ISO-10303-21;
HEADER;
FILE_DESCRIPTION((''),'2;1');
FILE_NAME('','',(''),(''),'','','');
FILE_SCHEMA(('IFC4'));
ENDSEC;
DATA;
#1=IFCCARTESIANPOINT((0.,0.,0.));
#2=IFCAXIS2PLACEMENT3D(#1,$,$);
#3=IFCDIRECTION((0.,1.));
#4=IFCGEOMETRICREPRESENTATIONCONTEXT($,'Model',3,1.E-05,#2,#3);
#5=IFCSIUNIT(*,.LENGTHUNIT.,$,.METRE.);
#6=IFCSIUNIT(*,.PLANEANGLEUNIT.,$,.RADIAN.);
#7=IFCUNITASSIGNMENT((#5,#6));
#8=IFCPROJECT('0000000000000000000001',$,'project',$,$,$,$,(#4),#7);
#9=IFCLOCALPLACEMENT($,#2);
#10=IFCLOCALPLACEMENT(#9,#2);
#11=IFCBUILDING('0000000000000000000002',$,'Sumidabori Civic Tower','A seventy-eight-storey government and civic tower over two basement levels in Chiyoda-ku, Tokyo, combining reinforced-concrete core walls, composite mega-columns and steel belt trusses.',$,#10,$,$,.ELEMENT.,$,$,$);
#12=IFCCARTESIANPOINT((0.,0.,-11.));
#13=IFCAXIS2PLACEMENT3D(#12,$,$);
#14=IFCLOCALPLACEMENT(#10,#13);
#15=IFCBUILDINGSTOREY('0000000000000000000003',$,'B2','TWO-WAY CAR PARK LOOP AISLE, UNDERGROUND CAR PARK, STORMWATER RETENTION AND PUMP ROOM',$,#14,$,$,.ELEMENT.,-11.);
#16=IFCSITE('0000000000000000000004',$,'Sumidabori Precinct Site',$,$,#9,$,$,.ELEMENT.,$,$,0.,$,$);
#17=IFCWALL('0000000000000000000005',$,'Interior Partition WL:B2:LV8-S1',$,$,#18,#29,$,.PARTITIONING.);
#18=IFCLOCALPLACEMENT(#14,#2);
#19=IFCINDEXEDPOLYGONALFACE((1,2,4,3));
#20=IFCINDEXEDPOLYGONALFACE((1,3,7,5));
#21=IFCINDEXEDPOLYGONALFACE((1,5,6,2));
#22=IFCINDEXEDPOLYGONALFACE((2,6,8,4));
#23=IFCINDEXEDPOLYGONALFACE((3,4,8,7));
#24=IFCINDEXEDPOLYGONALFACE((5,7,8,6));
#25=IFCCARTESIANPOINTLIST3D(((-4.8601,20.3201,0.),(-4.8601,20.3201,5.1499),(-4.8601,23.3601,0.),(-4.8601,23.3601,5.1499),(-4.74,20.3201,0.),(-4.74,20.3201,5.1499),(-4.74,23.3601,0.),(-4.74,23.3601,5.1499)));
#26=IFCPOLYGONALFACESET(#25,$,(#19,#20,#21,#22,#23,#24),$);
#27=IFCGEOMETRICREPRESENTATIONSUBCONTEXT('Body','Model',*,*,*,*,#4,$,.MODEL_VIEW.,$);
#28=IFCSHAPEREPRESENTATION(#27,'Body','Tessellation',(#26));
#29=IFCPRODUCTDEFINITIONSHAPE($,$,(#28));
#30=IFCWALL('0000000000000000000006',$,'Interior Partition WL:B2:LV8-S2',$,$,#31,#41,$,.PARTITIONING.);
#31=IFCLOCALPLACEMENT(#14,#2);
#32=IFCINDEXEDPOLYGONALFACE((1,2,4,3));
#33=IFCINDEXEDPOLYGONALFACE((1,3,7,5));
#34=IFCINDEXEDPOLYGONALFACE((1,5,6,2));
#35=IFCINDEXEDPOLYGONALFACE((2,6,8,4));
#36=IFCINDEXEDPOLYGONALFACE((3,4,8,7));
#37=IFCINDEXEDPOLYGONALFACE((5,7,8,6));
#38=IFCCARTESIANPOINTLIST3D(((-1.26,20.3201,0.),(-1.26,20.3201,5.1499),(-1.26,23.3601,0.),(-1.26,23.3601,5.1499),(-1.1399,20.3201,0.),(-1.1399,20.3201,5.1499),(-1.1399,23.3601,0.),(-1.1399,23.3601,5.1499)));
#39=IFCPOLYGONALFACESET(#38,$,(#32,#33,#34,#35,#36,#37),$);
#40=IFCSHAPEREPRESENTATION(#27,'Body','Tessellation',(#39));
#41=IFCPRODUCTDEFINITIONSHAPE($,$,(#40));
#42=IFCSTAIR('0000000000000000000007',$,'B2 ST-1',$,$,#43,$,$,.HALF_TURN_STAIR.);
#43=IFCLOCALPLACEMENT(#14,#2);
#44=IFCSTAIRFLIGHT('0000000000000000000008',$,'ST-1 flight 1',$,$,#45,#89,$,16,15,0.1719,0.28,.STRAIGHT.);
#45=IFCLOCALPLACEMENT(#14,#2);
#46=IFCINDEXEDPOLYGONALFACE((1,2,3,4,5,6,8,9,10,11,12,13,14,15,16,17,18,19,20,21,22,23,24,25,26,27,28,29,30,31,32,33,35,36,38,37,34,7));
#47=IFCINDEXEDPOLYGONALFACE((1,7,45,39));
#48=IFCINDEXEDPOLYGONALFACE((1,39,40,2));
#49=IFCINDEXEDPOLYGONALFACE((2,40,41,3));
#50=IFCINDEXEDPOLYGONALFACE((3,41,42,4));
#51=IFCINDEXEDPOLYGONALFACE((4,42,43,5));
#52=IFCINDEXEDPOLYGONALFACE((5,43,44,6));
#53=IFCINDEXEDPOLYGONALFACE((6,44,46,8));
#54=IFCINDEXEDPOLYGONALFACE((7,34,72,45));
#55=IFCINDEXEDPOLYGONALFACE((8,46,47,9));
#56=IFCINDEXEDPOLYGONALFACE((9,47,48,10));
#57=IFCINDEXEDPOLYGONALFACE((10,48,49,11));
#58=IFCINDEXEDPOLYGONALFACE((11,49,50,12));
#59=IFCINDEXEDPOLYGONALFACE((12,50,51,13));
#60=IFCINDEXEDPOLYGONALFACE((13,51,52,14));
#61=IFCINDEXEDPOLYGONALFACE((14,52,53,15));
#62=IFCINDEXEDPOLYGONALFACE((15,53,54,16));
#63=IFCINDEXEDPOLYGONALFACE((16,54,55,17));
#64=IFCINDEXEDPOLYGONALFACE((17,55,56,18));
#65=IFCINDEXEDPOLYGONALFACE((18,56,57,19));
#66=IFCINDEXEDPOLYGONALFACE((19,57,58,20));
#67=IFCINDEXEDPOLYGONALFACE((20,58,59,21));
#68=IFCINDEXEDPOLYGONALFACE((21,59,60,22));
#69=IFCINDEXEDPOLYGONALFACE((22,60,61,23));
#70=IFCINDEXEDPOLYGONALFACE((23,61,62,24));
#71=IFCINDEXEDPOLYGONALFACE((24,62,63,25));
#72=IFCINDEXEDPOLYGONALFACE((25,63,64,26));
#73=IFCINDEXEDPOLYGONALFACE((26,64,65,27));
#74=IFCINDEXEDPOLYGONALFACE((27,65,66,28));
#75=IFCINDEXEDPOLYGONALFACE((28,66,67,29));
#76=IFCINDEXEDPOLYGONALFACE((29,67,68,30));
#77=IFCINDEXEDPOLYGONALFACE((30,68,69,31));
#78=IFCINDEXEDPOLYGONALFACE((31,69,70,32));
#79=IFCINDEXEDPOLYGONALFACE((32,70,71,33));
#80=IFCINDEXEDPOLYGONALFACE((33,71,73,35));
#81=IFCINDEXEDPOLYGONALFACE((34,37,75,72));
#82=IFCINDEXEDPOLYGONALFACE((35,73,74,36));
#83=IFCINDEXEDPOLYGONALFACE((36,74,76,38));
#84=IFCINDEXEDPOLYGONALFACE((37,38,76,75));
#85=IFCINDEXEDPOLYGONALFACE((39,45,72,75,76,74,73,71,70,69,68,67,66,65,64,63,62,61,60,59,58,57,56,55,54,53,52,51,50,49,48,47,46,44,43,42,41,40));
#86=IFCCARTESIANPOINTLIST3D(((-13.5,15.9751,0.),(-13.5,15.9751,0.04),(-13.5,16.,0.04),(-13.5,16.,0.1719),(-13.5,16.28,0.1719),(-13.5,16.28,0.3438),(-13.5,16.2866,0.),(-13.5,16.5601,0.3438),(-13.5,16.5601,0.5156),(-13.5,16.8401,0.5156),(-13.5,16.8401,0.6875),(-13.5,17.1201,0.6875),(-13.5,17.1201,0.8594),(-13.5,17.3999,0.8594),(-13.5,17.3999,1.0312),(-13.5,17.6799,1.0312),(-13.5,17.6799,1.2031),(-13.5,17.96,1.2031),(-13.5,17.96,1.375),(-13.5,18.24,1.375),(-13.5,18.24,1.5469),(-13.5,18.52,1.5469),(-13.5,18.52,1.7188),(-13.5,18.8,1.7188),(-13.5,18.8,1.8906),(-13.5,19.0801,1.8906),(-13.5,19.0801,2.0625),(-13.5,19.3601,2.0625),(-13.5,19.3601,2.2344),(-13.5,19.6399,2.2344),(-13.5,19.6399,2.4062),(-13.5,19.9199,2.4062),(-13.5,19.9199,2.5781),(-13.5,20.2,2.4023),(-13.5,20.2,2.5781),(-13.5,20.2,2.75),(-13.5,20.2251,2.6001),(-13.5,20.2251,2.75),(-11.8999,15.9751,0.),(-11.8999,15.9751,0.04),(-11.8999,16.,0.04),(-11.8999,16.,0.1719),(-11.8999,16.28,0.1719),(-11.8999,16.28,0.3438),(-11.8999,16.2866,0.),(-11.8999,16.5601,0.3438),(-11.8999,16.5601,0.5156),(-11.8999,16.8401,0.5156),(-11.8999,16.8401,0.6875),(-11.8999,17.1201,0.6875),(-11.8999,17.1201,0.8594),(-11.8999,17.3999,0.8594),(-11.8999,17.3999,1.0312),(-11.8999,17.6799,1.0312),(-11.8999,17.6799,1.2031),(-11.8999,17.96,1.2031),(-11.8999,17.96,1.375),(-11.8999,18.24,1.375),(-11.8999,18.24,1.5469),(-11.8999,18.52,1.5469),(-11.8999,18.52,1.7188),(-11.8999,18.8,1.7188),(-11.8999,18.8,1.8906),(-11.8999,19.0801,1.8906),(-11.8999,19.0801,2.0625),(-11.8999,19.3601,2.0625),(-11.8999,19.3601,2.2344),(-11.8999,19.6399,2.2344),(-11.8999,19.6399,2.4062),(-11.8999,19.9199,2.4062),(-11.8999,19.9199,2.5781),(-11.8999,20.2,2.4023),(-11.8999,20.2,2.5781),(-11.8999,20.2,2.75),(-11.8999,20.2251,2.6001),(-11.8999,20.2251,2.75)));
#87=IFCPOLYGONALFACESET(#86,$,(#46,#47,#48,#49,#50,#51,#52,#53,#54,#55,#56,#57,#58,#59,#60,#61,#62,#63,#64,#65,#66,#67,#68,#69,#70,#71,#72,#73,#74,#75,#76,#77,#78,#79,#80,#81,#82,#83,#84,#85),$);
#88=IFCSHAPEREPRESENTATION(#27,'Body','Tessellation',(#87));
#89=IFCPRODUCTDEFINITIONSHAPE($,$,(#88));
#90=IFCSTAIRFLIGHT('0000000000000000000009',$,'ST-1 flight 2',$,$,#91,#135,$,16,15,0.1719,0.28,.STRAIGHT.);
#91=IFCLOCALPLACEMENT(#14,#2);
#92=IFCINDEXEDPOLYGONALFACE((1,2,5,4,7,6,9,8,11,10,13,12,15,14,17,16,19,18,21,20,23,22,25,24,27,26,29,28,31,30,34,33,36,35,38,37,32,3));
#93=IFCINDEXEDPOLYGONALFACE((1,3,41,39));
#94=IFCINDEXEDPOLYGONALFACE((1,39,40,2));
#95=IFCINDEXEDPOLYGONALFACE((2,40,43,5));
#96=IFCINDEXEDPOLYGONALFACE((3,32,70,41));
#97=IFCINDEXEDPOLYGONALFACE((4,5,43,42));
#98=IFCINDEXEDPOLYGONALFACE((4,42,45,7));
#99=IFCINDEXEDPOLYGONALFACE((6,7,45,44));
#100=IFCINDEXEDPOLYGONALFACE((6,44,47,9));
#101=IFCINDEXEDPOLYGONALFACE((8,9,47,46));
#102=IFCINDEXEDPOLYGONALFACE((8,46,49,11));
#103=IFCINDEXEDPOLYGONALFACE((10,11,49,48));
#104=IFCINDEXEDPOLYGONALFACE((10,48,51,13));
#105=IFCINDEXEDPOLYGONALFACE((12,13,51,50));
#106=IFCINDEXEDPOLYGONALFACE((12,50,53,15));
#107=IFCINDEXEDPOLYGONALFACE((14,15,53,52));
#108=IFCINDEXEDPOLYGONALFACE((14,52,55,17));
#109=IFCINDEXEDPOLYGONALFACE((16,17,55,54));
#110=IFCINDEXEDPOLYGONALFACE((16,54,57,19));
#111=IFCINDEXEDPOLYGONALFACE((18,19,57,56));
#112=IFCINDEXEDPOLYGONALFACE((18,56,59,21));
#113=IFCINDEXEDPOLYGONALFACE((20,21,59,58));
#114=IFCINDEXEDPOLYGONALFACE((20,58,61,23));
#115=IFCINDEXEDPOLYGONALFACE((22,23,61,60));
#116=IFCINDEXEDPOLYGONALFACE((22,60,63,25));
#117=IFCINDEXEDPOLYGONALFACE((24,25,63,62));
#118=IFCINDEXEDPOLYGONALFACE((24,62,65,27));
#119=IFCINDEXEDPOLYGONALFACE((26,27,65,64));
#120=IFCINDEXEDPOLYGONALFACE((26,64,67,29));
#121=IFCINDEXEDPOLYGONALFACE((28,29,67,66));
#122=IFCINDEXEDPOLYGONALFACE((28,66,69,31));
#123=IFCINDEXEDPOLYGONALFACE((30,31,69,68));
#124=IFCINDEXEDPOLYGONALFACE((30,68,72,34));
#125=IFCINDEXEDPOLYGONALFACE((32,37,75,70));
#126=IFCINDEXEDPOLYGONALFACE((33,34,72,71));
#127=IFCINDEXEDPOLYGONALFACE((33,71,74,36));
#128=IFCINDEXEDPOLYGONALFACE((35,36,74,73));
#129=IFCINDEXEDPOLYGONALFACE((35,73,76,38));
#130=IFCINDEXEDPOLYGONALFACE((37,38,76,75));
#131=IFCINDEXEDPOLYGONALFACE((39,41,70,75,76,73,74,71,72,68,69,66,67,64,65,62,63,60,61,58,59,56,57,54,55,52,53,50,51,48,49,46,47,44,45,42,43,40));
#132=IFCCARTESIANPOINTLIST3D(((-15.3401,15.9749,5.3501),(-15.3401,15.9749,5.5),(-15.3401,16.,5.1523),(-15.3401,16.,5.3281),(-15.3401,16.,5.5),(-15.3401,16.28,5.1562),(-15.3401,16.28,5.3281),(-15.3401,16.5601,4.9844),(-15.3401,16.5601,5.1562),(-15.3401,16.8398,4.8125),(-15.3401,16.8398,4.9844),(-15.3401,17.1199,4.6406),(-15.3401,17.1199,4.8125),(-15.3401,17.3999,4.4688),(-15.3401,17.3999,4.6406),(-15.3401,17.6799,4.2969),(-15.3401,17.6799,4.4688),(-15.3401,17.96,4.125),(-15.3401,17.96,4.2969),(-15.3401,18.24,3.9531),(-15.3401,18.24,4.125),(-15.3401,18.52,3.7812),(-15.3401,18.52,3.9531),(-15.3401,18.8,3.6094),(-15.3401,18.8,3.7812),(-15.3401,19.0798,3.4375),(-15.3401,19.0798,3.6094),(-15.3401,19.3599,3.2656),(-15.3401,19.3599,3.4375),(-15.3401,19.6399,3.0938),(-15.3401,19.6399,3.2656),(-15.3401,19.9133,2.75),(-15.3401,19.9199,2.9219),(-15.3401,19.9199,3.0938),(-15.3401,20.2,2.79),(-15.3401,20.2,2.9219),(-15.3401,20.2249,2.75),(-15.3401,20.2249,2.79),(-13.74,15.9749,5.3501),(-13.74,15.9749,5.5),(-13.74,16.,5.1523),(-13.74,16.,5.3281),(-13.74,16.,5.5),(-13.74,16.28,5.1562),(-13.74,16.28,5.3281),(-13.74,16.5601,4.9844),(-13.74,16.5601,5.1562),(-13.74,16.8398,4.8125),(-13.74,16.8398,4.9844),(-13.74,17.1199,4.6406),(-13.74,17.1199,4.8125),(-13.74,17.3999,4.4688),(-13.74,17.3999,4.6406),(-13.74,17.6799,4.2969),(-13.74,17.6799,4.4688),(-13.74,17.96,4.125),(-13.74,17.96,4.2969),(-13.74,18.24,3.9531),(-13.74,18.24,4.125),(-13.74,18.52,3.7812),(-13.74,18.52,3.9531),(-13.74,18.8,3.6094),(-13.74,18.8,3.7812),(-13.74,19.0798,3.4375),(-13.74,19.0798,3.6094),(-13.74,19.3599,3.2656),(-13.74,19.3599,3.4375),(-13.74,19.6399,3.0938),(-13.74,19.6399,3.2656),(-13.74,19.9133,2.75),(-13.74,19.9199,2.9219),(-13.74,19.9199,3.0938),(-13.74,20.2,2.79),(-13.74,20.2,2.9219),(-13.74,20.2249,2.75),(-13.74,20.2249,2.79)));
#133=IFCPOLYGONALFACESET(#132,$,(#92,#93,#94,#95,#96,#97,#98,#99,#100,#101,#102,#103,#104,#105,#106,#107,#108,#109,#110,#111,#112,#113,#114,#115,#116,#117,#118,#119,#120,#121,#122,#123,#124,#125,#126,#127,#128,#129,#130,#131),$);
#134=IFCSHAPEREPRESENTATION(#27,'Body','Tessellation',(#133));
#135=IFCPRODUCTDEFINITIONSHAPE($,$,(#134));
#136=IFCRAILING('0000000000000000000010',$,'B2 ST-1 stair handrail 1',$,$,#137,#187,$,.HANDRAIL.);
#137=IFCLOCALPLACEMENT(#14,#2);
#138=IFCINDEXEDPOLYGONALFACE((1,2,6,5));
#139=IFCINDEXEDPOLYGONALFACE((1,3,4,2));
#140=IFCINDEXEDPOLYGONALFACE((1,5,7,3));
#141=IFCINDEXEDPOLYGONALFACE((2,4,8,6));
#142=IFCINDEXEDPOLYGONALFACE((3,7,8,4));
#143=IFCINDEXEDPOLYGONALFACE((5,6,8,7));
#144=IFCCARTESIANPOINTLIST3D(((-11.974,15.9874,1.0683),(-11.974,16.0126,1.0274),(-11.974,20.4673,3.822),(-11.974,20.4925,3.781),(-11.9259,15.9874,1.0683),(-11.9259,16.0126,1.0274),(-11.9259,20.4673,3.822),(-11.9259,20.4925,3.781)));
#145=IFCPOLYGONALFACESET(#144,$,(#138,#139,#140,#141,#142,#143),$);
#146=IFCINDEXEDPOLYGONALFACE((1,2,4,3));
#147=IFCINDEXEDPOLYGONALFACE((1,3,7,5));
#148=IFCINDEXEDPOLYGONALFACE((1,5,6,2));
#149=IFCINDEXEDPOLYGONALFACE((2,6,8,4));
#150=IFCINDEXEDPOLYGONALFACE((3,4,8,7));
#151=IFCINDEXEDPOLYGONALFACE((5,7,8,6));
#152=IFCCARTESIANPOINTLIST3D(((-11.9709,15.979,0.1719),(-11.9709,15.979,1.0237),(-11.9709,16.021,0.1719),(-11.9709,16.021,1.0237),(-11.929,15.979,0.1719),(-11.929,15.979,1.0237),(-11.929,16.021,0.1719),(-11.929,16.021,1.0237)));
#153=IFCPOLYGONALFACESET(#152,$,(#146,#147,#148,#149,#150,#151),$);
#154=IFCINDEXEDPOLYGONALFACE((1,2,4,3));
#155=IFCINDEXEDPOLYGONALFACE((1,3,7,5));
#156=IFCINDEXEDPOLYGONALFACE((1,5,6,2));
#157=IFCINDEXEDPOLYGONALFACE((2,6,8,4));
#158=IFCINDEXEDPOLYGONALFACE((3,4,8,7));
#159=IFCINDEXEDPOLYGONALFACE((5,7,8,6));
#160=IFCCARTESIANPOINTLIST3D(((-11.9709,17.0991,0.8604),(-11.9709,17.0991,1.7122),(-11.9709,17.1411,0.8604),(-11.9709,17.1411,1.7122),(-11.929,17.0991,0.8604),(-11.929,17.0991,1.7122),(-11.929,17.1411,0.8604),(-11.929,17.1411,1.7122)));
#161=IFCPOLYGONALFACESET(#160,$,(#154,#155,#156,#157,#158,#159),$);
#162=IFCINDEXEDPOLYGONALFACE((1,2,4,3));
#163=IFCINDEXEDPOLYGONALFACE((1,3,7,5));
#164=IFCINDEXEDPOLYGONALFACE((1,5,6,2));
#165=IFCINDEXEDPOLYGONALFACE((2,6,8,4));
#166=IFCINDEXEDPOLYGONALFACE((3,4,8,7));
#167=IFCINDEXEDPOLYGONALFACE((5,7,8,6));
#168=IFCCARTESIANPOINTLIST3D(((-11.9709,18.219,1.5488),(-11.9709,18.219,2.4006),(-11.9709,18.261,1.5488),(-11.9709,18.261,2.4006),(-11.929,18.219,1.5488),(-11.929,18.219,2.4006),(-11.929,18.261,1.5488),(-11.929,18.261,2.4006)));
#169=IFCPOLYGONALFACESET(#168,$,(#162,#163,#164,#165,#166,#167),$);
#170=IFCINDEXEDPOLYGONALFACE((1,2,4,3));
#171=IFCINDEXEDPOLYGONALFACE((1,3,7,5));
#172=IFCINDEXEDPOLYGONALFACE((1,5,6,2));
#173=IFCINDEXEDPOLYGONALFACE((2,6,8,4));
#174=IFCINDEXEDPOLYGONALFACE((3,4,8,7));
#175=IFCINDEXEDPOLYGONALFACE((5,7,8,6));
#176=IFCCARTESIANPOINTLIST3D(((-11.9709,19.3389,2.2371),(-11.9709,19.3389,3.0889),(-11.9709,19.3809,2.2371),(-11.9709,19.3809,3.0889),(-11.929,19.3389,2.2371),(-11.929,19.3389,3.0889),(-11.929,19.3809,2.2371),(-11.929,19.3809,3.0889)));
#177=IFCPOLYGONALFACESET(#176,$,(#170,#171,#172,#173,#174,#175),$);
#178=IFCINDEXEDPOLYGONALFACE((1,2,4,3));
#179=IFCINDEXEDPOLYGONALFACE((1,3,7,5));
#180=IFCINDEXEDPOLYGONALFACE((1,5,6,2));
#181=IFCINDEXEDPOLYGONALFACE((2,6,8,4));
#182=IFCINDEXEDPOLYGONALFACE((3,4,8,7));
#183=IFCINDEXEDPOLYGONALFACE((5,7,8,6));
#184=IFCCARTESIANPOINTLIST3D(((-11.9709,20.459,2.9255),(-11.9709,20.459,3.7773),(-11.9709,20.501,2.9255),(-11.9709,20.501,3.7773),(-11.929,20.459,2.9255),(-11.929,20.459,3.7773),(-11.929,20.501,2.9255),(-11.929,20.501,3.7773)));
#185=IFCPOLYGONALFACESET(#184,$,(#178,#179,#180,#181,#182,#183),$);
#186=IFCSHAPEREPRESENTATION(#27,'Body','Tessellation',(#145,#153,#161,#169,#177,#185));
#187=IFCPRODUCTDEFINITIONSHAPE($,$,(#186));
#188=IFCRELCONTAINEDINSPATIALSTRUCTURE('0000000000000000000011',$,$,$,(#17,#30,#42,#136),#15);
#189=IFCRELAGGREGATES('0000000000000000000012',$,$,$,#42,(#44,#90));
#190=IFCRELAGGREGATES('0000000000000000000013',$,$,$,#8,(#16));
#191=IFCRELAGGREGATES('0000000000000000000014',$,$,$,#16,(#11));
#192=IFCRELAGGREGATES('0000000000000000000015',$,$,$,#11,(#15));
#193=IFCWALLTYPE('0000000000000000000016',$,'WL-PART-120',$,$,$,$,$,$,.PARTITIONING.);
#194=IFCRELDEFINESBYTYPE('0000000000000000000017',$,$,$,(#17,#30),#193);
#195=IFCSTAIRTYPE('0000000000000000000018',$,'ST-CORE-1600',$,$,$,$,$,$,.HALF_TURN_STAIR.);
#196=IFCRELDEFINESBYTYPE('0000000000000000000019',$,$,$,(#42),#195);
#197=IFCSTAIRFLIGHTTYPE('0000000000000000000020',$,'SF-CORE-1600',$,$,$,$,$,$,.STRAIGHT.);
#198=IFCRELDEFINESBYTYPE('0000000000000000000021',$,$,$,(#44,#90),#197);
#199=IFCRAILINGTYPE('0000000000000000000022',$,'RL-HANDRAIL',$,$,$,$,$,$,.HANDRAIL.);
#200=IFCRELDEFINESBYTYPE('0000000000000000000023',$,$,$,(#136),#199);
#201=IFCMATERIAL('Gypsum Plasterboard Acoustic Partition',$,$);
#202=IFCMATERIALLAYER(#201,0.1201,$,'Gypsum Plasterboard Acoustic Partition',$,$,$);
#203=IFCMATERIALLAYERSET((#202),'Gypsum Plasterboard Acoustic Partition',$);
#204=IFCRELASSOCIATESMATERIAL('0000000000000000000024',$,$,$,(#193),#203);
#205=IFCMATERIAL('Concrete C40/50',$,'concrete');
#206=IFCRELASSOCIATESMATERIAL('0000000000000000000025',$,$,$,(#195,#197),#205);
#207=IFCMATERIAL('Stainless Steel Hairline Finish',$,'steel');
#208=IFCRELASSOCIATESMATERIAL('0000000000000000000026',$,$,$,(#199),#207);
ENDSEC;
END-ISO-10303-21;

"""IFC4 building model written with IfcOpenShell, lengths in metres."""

from ifc_helpers import new_model, si_unit, direction, frame, frame_2d, origin, origin_2d, place, context, subcontext, project, spatial, polyline, rectangle, outline, extrude, source, transform, mapped, material, layer, layer_set, type_object, element, aggregate, save


model = new_model("IFC4")

# Units and contexts
model_context = context("Model", 3, precision=1e-05, world=origin(), true_north=direction((0.0, 1.0)))
body_context = subcontext(model_context, "Body", "Model", "MODEL_VIEW")
ifc_project = project(units=[si_unit("LENGTHUNIT", "METRE"), si_unit("PLANEANGLEUNIT", "RADIAN")], contexts=[model_context])

# Site, building, storey
site_placement = place(None, origin())
site = spatial("IfcSite", under=ifc_project, at=site_placement, Name="Sumidabori Precinct Site", CompositionType="ELEMENT", RefElevation=0.0)
building_placement = place(site_placement, origin())
building = spatial("IfcBuilding", under=site, at=building_placement, Name="Sumidabori Civic Tower", Description="A seventy-eight-storey government and civic tower over two basement levels in Chiyoda-ku, Tokyo, combining reinforced-concrete core walls, composite mega-columns and steel belt trusses.", CompositionType="ELEMENT")
storey_placement = place(building_placement, frame((0.0, 0.0, -11.0)))
storey = spatial("IfcBuildingStorey", under=building, at=storey_placement, Name="B2", Description="TWO-WAY CAR PARK LOOP AISLE, UNDERGROUND CAR PARK, STORMWATER RETENTION AND PUMP ROOM", CompositionType="ELEMENT", Elevation=-11.0)

# Shared definitions
ifc_material_1 = material(Name="Gypsum Plasterboard Acoustic Partition")

# Walls
ifc_layer_1 = layer(ifc_material_1, 0.1201, Name="Gypsum Plasterboard Acoustic Partition")
ifc_layer_set_1 = layer_set([ifc_layer_1], Name="Gypsum Plasterboard Acoustic Partition")
wall_type_1 = type_object("IfcWallType", Name="WL-PART-120", PredefinedType="PARTITIONING", material=ifc_layer_set_1)
shared_shape_1 = source(origin(), body_context, "Body", "SweptSolid", [
    extrude(rectangle(XDim=3.04, YDim=0.1201, at=frame_2d((1.52, 0.0))), origin(), (0.0, 0.0, 1.0), 5.1499),
])
for number, where, z_axis, x_axis, name in (
    (1, (-4.8, 20.3201, 0.0), (0.0, 0.0, 1.0), (0.0, 1.0, 0.0), "Interior Partition WL:B2:LV8-S1"),
    (2, (-1.2, 20.3201, 0.0), (0.0, 0.0, 1.0), (0.0, 1.0, 0.0), "Interior Partition WL:B2:LV8-S2"),
):
    element("IfcWall", number, at=place(storey_placement, frame(where, z_axis=z_axis, x_axis=x_axis)), inside=storey, type_object=wall_type_1, Name=name, PredefinedType="PARTITIONING", context=body_context, shape_type="MappedRepresentation", body=[
        mapped(shared_shape_1, transform((0.0, 0.0, 0.0), x_axis=(1.0, 0.0, 0.0), y_axis=(0.0, 1.0, 0.0), z_axis=(0.0, 0.0, 1.0), scale=1.0)),
    ])

# Stair, stair flights
ifc_material_2 = material(Name="Concrete C40/50", Category="concrete")
stair_type = type_object("IfcStairType", Name="ST-CORE-1600", PredefinedType="HALF_TURN_STAIR", material=ifc_material_2)
stair_placement = place(storey_placement, origin())
stair = element("IfcStair", 3, at=stair_placement, inside=storey, type_object=stair_type, Name="B2 ST-1", PredefinedType="HALF_TURN_STAIR")
stair_flight_type = type_object("IfcStairFlightType", Name="SF-CORE-1600", PredefinedType="STRAIGHT", material=ifc_material_2)
shared_shape_2 = source(origin(), body_context, "Body", "SweptSolid", [
    extrude(outline(polyline([(-0.0249, 0.0), (-0.0249, 0.04), (0.0, 0.04), (0.0, 0.1719), (0.28, 0.1719), (0.28, 0.3438), (0.5601, 0.3438), (0.5601, 0.5156), (0.8401, 0.5156), (0.8401, 0.6875), (1.1201, 0.6875), (1.1201, 0.8594), (1.3999, 0.8594), (1.3999, 1.0312), (1.6799, 1.0312), (1.6799, 1.2031), (1.96, 1.2031), (1.96, 1.375), (2.24, 1.375), (2.24, 1.5469), (2.52, 1.5469), (2.52, 1.7188), (2.8, 1.7188), (2.8, 1.8906), (3.0801, 1.8906), (3.0801, 2.0625), (3.3601, 2.0625), (3.3601, 2.2344), (3.6399, 2.2344), (3.6399, 2.4062), (3.9199, 2.4062), (3.9199, 2.5781), (4.2, 2.5781), (4.2, 2.75), (4.2251, 2.75), (4.2251, 2.6001), (4.2, 2.4023), (0.2866, 0.0), (-0.0249, 0.0)])), frame((0.0, 0.8, 0.0), z_axis=(0.0, -1.0, 0.0), x_axis=(1.0, 0.0, 0.0)), (0.0, 0.0, 1.0), 1.6001),
])
stair_flight_1_placement = place(storey_placement, frame((-12.7, 16.0, 0.0), z_axis=(0.0, 0.0, 1.0), x_axis=(0.0, 1.0, 0.0)))
stair_flight_1 = element("IfcStairFlight", 4, at=stair_flight_1_placement, type_object=stair_flight_type, Name="ST-1 flight 1", NumberOfRisers=16, NumberOfTreads=15, PredefinedType="STRAIGHT", RiserHeight=0.1719, TreadLength=0.28, context=body_context, shape_type="MappedRepresentation", body=[
    mapped(shared_shape_2, transform((0.0, 0.0, 0.0), x_axis=(1.0, 0.0, 0.0), y_axis=(0.0, 1.0, 0.0), z_axis=(0.0, 0.0, 1.0), scale=1.0)),
])
stair_flight_2_placement = place(storey_placement, frame((-14.54, 20.2, 2.75), z_axis=(0.0, 0.0, 1.0), x_axis=(0.0, -1.0, 0.0)))
stair_flight_2 = element("IfcStairFlight", 5, at=stair_flight_2_placement, type_object=stair_flight_type, Name="ST-1 flight 2", NumberOfRisers=16, NumberOfTreads=15, PredefinedType="STRAIGHT", RiserHeight=0.1719, TreadLength=0.28, context=body_context, shape_type="MappedRepresentation", body=[
    mapped(shared_shape_2, transform((0.0, 0.0, 0.0), x_axis=(1.0, 0.0, 0.0), y_axis=(0.0, 1.0, 0.0), z_axis=(0.0, 0.0, 1.0), scale=1.0)),
])
aggregate(stair, [stair_flight_1, stair_flight_2])

# Railing
ifc_material_3 = material(Name="Stainless Steel Hairline Finish", Category="steel")
railing_type_1 = type_object("IfcRailingType", Name="RL-HANDRAIL", PredefinedType="HANDRAIL", material=ifc_material_3)
railing_1_placement = place(storey_placement, frame((-11.95, 16.0, 0.1719)))
element("IfcRailing", 6, at=railing_1_placement, inside=storey, type_object=railing_type_1, Name="B2 ST-1 stair handrail 1", PredefinedType="HANDRAIL", context=body_context, shape_type="SweptSolid", body=[
    extrude(rectangle(XDim=0.0481, YDim=0.0481, at=origin_2d()), frame((0.0, 0.0, 0.876), z_axis=(0.0, 0.851934, 0.523649), x_axis=(-1.0, 0.0, 0.0)), (0.0, 0.0, 1.0), 5.2585),
    extrude(rectangle(XDim=0.042, YDim=0.042, at=origin_2d()), origin(), (0.0, 0.0, 1.0), 0.8518),
    extrude(rectangle(XDim=0.042, YDim=0.042, at=origin_2d()), frame((0.0, 1.1201, 0.6885)), (0.0, 0.0, 1.0), 0.8518),
    extrude(rectangle(XDim=0.042, YDim=0.042, at=origin_2d()), frame((0.0, 2.24, 1.377)), (0.0, 0.0, 1.0), 0.8518),
    extrude(rectangle(XDim=0.042, YDim=0.042, at=origin_2d()), frame((0.0, 3.3599, 2.0652)), (0.0, 0.0, 1.0), 0.8518),
    extrude(rectangle(XDim=0.042, YDim=0.042, at=origin_2d()), frame((0.0, 4.48, 2.7537)), (0.0, 0.0, 1.0), 0.8518),
])

save(model, "model.ifc")
